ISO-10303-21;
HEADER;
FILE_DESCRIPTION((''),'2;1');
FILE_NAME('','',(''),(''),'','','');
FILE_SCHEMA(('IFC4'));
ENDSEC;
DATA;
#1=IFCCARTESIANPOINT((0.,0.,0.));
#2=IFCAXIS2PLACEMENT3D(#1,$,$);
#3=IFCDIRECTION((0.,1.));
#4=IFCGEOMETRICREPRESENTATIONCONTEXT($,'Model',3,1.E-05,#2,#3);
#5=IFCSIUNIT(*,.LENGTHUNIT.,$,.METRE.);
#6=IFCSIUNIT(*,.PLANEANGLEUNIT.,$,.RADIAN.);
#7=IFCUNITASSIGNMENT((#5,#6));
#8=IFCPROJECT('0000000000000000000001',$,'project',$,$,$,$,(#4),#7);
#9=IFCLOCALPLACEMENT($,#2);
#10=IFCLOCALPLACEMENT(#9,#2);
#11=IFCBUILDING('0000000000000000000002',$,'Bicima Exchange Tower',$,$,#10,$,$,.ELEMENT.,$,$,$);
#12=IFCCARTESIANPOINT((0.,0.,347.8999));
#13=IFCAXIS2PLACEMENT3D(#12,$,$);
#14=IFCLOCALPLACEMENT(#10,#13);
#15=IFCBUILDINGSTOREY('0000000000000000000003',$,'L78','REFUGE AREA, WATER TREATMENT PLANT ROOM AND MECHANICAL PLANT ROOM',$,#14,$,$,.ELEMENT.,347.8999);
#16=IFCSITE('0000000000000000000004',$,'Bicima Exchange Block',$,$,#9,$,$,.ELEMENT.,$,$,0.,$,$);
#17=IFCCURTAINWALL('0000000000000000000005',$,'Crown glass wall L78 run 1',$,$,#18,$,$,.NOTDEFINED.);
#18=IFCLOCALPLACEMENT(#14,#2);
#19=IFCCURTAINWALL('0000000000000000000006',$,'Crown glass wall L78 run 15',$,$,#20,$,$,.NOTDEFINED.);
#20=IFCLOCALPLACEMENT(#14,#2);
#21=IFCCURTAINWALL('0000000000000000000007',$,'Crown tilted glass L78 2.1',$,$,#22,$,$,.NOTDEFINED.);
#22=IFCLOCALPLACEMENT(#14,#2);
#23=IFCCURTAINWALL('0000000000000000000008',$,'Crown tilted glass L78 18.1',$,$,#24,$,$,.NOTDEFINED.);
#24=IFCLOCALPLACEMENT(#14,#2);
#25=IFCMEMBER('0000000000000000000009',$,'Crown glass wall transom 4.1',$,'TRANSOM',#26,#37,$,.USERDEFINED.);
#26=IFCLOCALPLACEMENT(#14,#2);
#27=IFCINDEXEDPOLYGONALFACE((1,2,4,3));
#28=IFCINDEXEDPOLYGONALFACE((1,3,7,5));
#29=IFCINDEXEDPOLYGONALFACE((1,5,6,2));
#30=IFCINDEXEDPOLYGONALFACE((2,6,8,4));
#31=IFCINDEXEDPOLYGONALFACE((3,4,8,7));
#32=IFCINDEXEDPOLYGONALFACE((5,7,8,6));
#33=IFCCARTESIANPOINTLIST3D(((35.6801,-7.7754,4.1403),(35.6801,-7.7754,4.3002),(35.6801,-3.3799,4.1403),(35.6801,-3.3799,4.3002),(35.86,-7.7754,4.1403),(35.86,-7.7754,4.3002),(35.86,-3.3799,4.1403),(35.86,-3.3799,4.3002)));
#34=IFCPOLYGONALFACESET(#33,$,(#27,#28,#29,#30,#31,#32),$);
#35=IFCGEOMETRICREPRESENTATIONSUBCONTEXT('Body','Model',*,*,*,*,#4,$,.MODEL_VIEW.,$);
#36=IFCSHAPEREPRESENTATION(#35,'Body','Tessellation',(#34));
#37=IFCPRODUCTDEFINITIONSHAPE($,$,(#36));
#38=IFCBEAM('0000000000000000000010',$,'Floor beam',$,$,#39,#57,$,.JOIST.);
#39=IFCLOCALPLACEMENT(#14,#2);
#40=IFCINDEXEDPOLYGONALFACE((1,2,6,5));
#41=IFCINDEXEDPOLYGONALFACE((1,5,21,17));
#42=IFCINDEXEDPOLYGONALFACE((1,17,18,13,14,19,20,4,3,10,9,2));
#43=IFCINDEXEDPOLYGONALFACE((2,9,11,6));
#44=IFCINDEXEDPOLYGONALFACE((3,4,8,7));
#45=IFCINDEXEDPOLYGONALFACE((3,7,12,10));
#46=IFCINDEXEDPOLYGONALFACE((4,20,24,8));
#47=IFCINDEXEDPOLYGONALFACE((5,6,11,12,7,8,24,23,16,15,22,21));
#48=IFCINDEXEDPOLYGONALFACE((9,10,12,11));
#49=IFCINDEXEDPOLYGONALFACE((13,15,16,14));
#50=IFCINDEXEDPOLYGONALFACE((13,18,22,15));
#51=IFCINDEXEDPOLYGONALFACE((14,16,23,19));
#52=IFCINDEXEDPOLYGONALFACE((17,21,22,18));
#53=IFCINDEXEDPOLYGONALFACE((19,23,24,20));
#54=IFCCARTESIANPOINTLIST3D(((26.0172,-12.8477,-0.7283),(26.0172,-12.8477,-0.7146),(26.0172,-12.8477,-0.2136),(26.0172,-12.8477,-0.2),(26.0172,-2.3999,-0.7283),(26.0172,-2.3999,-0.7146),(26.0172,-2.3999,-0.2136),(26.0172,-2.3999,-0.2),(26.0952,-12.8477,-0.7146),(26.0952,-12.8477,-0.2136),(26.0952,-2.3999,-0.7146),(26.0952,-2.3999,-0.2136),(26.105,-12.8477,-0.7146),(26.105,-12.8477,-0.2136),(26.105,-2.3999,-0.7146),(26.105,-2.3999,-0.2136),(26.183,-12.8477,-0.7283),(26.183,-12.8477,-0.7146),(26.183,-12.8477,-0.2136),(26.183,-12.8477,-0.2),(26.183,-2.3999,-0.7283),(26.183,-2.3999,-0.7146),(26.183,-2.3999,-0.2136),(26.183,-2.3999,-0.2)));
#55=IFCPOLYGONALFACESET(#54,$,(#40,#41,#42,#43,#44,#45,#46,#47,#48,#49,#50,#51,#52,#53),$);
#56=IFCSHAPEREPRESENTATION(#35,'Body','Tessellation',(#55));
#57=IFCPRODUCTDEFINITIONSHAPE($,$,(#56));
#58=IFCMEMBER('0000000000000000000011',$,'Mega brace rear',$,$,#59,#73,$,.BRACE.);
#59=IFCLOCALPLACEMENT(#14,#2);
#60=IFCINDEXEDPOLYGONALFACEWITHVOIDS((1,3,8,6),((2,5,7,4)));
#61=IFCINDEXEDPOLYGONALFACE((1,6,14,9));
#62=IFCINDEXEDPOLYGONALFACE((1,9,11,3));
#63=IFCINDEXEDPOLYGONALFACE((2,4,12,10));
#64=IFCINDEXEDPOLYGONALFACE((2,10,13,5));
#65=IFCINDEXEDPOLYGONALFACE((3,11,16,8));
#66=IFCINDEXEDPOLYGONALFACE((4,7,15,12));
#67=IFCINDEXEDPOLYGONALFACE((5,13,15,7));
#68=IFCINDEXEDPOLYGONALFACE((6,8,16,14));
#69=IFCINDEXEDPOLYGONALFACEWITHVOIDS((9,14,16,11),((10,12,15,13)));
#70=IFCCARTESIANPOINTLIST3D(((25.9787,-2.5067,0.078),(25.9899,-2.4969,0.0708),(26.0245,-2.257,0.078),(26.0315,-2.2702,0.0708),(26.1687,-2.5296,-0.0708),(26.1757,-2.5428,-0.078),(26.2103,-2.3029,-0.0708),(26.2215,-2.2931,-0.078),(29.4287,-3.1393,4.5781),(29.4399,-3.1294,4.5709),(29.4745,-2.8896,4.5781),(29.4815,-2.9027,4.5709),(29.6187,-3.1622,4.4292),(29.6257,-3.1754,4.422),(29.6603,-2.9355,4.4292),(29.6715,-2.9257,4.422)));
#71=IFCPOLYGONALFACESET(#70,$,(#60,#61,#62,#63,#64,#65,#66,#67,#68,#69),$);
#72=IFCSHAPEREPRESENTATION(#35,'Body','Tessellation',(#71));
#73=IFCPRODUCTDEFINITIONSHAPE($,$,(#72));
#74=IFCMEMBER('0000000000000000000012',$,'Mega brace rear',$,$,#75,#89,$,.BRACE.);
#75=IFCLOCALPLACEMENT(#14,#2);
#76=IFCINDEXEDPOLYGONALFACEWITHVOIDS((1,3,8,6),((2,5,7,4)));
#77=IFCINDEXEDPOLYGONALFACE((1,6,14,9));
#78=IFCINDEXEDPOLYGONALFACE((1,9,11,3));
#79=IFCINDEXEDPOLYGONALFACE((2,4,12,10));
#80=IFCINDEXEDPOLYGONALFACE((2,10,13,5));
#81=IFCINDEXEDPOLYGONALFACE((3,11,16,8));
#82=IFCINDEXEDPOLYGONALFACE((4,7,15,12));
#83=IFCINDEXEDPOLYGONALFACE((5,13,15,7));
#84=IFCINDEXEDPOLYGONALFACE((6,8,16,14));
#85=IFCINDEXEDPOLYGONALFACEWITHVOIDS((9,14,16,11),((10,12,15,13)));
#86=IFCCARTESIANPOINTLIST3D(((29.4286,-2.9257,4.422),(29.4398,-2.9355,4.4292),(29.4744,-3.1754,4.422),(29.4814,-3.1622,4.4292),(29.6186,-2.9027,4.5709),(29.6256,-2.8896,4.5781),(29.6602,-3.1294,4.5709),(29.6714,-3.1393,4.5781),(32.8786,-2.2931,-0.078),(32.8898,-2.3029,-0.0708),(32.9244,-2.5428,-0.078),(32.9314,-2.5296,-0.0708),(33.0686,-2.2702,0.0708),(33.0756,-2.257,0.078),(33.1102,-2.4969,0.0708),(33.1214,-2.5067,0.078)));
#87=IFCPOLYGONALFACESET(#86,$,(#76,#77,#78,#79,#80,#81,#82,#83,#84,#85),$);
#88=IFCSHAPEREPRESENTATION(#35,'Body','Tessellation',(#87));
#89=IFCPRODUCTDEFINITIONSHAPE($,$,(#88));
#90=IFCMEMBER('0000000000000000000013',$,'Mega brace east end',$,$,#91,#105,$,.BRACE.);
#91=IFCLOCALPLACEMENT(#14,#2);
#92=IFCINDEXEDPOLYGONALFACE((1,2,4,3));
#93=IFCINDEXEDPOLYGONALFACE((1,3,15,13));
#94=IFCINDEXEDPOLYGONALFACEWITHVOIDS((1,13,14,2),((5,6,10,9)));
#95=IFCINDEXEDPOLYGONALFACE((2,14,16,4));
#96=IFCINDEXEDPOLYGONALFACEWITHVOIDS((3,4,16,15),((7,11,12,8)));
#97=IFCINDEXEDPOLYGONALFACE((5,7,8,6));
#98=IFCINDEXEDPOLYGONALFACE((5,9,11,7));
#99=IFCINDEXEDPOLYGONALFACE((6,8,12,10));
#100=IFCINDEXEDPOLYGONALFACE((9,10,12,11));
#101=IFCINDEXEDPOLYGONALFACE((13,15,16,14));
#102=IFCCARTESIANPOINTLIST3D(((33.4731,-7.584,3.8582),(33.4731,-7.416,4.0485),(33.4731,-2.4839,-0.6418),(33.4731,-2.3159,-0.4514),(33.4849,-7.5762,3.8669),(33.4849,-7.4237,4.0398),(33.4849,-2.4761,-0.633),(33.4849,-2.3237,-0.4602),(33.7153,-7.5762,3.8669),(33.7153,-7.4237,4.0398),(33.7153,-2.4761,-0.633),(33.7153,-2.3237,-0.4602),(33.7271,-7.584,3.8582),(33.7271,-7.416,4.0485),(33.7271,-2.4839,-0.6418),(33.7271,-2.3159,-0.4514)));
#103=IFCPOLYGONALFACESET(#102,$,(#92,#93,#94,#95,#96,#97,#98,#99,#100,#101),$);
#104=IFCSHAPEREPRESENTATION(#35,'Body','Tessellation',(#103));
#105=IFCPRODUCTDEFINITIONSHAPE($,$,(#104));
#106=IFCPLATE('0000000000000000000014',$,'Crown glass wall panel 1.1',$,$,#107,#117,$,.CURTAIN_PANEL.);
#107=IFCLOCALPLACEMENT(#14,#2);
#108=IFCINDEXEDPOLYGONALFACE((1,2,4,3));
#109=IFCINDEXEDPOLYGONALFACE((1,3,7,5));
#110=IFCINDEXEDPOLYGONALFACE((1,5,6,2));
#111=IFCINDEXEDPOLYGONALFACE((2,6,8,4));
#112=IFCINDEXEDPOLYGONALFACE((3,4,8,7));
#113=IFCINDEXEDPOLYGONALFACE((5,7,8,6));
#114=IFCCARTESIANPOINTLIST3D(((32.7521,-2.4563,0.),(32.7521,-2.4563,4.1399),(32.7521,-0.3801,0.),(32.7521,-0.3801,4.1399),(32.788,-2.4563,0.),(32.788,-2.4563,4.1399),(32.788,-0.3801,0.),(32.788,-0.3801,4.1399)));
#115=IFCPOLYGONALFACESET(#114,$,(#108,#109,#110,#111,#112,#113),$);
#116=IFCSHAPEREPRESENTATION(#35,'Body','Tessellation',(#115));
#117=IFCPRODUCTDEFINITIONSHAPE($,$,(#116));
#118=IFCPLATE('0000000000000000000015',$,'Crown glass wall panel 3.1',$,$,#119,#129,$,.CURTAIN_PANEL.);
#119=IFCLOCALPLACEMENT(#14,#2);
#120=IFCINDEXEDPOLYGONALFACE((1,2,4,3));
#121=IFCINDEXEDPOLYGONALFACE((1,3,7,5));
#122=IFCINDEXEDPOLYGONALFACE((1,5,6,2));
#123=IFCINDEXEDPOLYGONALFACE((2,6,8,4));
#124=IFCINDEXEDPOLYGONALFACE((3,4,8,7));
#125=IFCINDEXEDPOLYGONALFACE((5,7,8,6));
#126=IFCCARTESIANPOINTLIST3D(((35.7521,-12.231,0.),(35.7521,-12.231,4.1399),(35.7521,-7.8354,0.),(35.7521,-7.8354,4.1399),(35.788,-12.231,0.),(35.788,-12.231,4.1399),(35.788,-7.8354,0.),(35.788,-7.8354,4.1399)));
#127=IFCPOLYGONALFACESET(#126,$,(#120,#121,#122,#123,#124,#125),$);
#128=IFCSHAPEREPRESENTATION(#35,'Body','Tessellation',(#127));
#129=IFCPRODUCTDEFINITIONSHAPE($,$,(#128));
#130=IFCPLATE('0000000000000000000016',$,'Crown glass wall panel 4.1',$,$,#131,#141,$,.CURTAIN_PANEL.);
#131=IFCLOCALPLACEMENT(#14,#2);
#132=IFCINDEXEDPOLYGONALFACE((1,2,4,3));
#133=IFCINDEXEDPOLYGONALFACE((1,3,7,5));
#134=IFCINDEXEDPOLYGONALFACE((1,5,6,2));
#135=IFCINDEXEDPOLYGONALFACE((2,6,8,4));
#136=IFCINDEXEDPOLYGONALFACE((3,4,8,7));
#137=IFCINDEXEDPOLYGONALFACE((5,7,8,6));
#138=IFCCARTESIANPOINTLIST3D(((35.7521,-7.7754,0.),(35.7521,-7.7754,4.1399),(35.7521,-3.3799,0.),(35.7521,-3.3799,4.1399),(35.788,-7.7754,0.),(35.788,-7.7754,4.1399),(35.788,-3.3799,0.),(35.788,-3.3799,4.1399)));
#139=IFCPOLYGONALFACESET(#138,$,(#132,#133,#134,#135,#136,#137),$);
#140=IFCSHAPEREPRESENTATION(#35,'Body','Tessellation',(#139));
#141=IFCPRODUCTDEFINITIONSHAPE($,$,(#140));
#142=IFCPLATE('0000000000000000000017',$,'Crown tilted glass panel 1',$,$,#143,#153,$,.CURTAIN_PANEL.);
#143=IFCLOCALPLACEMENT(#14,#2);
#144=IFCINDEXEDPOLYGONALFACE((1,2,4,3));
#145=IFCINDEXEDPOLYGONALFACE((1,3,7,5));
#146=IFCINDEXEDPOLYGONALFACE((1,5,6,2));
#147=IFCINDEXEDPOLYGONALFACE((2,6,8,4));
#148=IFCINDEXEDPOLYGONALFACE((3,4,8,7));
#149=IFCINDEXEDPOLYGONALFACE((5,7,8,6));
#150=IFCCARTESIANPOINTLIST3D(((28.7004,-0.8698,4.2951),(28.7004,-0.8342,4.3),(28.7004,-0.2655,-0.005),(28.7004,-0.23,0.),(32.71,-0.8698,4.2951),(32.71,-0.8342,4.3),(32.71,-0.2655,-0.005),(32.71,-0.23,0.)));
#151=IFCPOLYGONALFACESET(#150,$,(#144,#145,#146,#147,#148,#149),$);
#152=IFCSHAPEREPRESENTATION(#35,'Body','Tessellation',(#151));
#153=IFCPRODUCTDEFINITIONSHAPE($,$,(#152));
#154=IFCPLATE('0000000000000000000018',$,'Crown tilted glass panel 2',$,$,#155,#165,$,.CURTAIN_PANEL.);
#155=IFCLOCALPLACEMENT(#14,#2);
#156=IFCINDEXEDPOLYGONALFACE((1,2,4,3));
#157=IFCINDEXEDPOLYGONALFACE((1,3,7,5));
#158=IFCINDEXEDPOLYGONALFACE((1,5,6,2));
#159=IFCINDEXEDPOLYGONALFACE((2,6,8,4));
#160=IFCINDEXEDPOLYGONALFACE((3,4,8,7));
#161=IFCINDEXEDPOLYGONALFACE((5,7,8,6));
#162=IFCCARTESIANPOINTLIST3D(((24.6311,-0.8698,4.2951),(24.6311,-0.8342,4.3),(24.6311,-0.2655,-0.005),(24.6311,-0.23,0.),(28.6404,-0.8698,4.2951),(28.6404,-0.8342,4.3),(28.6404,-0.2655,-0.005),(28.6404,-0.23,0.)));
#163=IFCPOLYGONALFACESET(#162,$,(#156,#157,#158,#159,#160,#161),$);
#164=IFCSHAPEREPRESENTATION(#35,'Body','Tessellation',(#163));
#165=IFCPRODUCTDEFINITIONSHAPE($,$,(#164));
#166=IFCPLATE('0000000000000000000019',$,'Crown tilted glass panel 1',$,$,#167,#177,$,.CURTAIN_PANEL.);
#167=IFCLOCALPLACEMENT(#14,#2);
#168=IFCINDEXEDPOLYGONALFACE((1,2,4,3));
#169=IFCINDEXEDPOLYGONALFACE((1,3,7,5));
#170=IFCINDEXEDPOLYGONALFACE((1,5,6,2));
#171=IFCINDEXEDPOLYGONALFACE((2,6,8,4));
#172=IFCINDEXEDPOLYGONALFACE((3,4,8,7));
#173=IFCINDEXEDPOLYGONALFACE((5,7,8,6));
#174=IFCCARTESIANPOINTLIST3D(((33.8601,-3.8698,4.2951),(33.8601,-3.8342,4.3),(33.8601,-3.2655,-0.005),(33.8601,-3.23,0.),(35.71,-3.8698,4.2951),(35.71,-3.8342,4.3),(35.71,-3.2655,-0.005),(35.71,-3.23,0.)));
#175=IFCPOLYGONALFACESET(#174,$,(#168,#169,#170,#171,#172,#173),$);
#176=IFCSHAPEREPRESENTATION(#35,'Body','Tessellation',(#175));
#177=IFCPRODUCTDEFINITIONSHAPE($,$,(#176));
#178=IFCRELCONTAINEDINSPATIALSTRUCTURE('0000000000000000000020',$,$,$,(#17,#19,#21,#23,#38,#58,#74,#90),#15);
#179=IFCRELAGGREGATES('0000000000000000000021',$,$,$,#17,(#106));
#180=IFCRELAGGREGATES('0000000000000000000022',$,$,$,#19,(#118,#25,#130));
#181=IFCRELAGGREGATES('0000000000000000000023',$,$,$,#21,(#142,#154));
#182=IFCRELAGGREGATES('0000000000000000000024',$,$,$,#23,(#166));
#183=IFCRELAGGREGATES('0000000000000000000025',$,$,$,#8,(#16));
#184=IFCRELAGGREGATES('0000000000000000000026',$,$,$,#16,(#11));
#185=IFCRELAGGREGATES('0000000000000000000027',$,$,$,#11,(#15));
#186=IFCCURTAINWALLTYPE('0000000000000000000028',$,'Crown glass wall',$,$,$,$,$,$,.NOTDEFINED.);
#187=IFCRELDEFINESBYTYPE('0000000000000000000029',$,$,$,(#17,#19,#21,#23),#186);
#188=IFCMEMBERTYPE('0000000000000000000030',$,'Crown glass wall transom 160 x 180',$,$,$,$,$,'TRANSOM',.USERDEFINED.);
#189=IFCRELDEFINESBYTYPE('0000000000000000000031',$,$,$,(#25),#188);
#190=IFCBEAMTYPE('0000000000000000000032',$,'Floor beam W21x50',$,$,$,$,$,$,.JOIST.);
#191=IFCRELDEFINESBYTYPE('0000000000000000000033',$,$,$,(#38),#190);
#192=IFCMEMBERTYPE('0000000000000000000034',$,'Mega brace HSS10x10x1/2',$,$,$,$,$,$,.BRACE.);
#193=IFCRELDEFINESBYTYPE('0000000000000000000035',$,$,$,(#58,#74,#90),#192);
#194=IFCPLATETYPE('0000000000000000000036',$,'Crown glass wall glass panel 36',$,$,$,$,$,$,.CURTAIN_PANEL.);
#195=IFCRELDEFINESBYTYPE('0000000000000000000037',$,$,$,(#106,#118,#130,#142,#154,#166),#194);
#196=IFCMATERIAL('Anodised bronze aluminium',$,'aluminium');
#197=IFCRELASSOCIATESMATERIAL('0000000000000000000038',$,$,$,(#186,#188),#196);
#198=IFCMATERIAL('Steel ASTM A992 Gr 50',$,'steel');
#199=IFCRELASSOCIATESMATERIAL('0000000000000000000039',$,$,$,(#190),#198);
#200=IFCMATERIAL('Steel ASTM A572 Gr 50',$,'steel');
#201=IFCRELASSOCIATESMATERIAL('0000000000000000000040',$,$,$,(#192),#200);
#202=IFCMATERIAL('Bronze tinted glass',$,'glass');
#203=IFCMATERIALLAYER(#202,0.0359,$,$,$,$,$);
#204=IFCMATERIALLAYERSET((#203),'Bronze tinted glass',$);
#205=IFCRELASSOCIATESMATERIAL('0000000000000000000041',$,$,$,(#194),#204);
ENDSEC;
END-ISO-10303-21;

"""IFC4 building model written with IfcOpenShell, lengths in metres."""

from ifc_helpers import new_model, si_unit, direction, frame, origin, origin_2d, place, context, subcontext, project, spatial, polyline, rectangle, hollow_rectangle, i_section, outline, extrude, material, layer, layer_set, material_profile, profile_set, type_object, element, aggregate, save


model = new_model("IFC4")

# Units and contexts
model_context = context("Model", 3, precision=1e-05, world=origin(), true_north=direction((0.0, 1.0)))
body_context = subcontext(model_context, "Body", "Model", "MODEL_VIEW")
ifc_project = project(units=[si_unit("LENGTHUNIT", "METRE"), si_unit("PLANEANGLEUNIT", "RADIAN")], contexts=[model_context])

# Site, building, storey
site_placement = place(None, origin())
site = spatial("IfcSite", under=ifc_project, at=site_placement, Name="Bicima Exchange Block", CompositionType="ELEMENT", RefElevation=0.0)
building_placement = place(site_placement, origin())
building = spatial("IfcBuilding", under=site, at=building_placement, Name="Bicima Exchange Tower", CompositionType="ELEMENT")
storey_placement = place(building_placement, frame((0.0, 0.0, 347.8999)))
storey = spatial("IfcBuildingStorey", under=building, at=storey_placement, Name="L78", Description="REFUGE AREA, WATER TREATMENT PLANT ROOM AND MECHANICAL PLANT ROOM", CompositionType="ELEMENT", Elevation=347.8999)

# Shared definitions
ifc_material_1 = material(Name="Steel ASTM A572 Gr 50", Category="steel")
ifc_material_2 = material(Name="Steel ASTM A992 Gr 50", Category="steel")

# Curtain walls
ifc_material_3 = material(Name="Anodised bronze aluminium", Category="aluminium")
curtain_wall_type = type_object("IfcCurtainWallType", Name="Crown glass wall", PredefinedType="NOTDEFINED", material=ifc_material_3)
curtain_wall_1_placement = place(storey_placement, origin())
curtain_wall_1 = element("IfcCurtainWall", 1, at=curtain_wall_1_placement, inside=storey, type_object=curtain_wall_type, Name="Crown glass wall L78 run 1", PredefinedType="NOTDEFINED")
curtain_wall_2_placement = place(storey_placement, origin())
curtain_wall_2 = element("IfcCurtainWall", 2, at=curtain_wall_2_placement, inside=storey, type_object=curtain_wall_type, Name="Crown glass wall L78 run 15", PredefinedType="NOTDEFINED")
curtain_wall_3_placement = place(storey_placement, origin())
curtain_wall_3 = element("IfcCurtainWall", 3, at=curtain_wall_3_placement, inside=storey, type_object=curtain_wall_type, Name="Crown tilted glass L78 2.1", PredefinedType="NOTDEFINED")
curtain_wall_4_placement = place(storey_placement, origin())
curtain_wall_4 = element("IfcCurtainWall", 4, at=curtain_wall_4_placement, inside=storey, type_object=curtain_wall_type, Name="Crown tilted glass L78 18.1", PredefinedType="NOTDEFINED")

# Member
ifc_material_profile_1 = material_profile(ifc_material_3, rectangle(XDim=0.1799, YDim=0.1599, at=origin_2d()))
ifc_profile_set_1 = profile_set([ifc_material_profile_1], Name="Anodised bronze aluminium")
member_type_1 = type_object("IfcMemberType", Name="Crown glass wall transom 160 x 180", ElementType="TRANSOM", PredefinedType="USERDEFINED", material=ifc_profile_set_1)
member_1_placement = place(storey_placement, frame((35.77, -7.7754, 4.2202), z_axis=(0.0, 1.0, 0.0), x_axis=(-1.0, 0.0, 0.0)))
member_1 = element("IfcMember", 5, at=member_1_placement, type_object=member_type_1, Name="Crown glass wall transom 4.1", ObjectType="TRANSOM", PredefinedType="USERDEFINED", context=body_context, shape_type="SweptSolid", body=[
    extrude(rectangle(XDim=0.1799, YDim=0.1599, at=origin_2d()), origin(), (0.0, 0.0, 1.0), 4.3955),
])

# Beam
ifc_material_profile_2 = material_profile(ifc_material_2, i_section(OverallWidth=0.1658, OverallDepth=0.5283, WebThickness=0.0098, FlangeThickness=0.0137, at=origin_2d()))
ifc_profile_set_2 = profile_set([ifc_material_profile_2], Name="Steel ASTM A992 Gr 50")
beam_type = type_object("IfcBeamType", Name="Floor beam W21x50", PredefinedType="JOIST", material=ifc_profile_set_2)
beam_placement = place(storey_placement, frame((26.1001, -2.3999, -0.4641), z_axis=(0.0, -1.0, 0.0), x_axis=(1.0, 0.0, 0.0)))
element("IfcBeam", 6, at=beam_placement, inside=storey, type_object=beam_type, Name="Floor beam", PredefinedType="JOIST", context=body_context, shape_type="SweptSolid", body=[
    extrude(i_section(OverallWidth=0.1658, OverallDepth=0.5283, WebThickness=0.0098, FlangeThickness=0.0137, at=origin_2d()), origin(), (0.0, 0.0, 1.0), 10.4478),
])

# Members
ifc_material_profile_3 = material_profile(ifc_material_1, hollow_rectangle(XDim=0.2539, YDim=0.2539, WallThickness=0.0117, at=origin_2d()))
ifc_profile_set_3 = profile_set([ifc_material_profile_3], Name="Steel ASTM A572 Gr 50")
member_type_2 = type_object("IfcMemberType", Name="Mega brace HSS10x10x1/2", PredefinedType="BRACE", material=ifc_profile_set_3)
for number, where, z_axis, x_axis, name in (
    (7, (26.1001, -2.3999, 0.0), (0.604675, -0.110871, 0.788718), (0.180349, 0.983603, 0.0), "Mega brace rear"),
    (8, (33.0, -2.3999, 0.0), (-0.604675, -0.110871, 0.788718), (0.180349, -0.983603, 0.0), "Mega brace rear"),
):
    element("IfcMember", number, at=place(storey_placement, frame(where, z_axis=z_axis, x_axis=x_axis)), inside=storey, type_object=member_type_2, Name=name, PredefinedType="BRACE", context=body_context, shape_type="SweptSolid", body=[
        extrude(hollow_rectangle(XDim=0.2539, YDim=0.2539, WallThickness=0.0117, at=origin_2d()), origin(), (0.0, 0.0, 1.0), 5.7056),
    ])
member_2_placement = place(storey_placement, frame((33.6001, -2.3999, -0.5466), z_axis=(0.0, -0.749844, 0.661615), x_axis=(1.0, 0.0, 0.0)))
element("IfcMember", 9, at=member_2_placement, inside=storey, type_object=member_type_2, Name="Mega brace east end", PredefinedType="BRACE", context=body_context, shape_type="SweptSolid", body=[
    extrude(hollow_rectangle(XDim=0.2539, YDim=0.2539, WallThickness=0.0117, at=origin_2d()), origin(), (0.0, 0.0, 1.0), 6.8015),
])

# Plates
ifc_material_4 = material(Name="Bronze tinted glass", Category="glass")
ifc_layer = layer(ifc_material_4, 0.0359)
ifc_layer_set = layer_set([ifc_layer], Name="Bronze tinted glass")
plate_type = type_object("IfcPlateType", Name="Crown glass wall glass panel 36", PredefinedType="CURTAIN_PANEL", material=ifc_layer_set)
plate_1_placement = place(storey_placement, frame((32.77, -1.4182, 0.0), z_axis=(0.0, 0.0, 1.0), x_axis=(0.0, 1.0, 0.0)))
plate_1 = element("IfcPlate", 10, at=plate_1_placement, type_object=plate_type, Name="Crown glass wall panel 1.1", PredefinedType="CURTAIN_PANEL", context=body_context, shape_type="SweptSolid", body=[
    extrude(rectangle(XDim=2.0762, YDim=0.0359, at=origin_2d()), origin(), (0.0, 0.0, 1.0), 4.1399),
])
aggregate(curtain_wall_1, [plate_1])
plate_2_placement = place(storey_placement, frame((35.77, -10.0332, 0.0), z_axis=(0.0, 0.0, 1.0), x_axis=(0.0, 1.0, 0.0)))
plate_2 = element("IfcPlate", 11, at=plate_2_placement, type_object=plate_type, Name="Crown glass wall panel 3.1", PredefinedType="CURTAIN_PANEL", context=body_context, shape_type="SweptSolid", body=[
    extrude(rectangle(XDim=4.3955, YDim=0.0359, at=origin_2d()), origin(), (0.0, 0.0, 1.0), 4.1399),
])
plate_3_placement = place(storey_placement, frame((35.77, -5.5776, 0.0), z_axis=(0.0, 0.0, 1.0), x_axis=(0.0, 1.0, 0.0)))
plate_3 = element("IfcPlate", 12, at=plate_3_placement, type_object=plate_type, Name="Crown glass wall panel 4.1", PredefinedType="CURTAIN_PANEL", context=body_context, shape_type="SweptSolid", body=[
    extrude(rectangle(XDim=4.3955, YDim=0.0359, at=origin_2d()), origin(), (0.0, 0.0, 1.0), 4.1399),
])
aggregate(curtain_wall_2, [plate_2, member_1, plate_3])
plate_4_placement = place(storey_placement, frame((32.71, -0.23, 0.0), z_axis=(0.0, 0.990271, 0.139154), x_axis=(-1.0, 0.0, 0.0)))
plate_4 = element("IfcPlate", 13, at=plate_4_placement, type_object=plate_type, Name="Crown tilted glass panel 1", PredefinedType="CURTAIN_PANEL", context=body_context, shape_type="SweptSolid", body=[
    extrude(outline(polyline([(0.0, 0.0), (4.0095, 0.0), (4.0095, 4.3423), (0.0, 4.3423), (0.0, 0.0)])), origin(), (0.0, 0.0, -1.0), 0.0359),
])
plate_5_placement = place(storey_placement, frame((28.6404, -0.23, 0.0), z_axis=(0.0, 0.990271, 0.139154), x_axis=(-1.0, 0.0, 0.0)))
plate_5 = element("IfcPlate", 14, at=plate_5_placement, type_object=plate_type, Name="Crown tilted glass panel 2", PredefinedType="CURTAIN_PANEL", context=body_context, shape_type="SweptSolid", body=[
    extrude(outline(polyline([(0.0, 0.0), (4.0093, 0.0), (4.0093, 4.3423), (0.0, 4.3423), (0.0, 0.0)])), origin(), (0.0, 0.0, -1.0), 0.0359),
])
aggregate(curtain_wall_3, [plate_4, plate_5])
plate_6_placement = place(storey_placement, frame((35.71, -3.23, 0.0), z_axis=(0.0, 0.990271, 0.139154), x_axis=(-1.0, 0.0, 0.0)))
plate_6 = element("IfcPlate", 15, at=plate_6_placement, type_object=plate_type, Name="Crown tilted glass panel 1", PredefinedType="CURTAIN_PANEL", context=body_context, shape_type="SweptSolid", body=[
    extrude(outline(polyline([(0.0, 0.0), (1.8499, 0.0), (1.8499, 4.3423), (0.0, 4.3423), (0.0, 0.0)])), origin(), (0.0, 0.0, -1.0), 0.0359),
])
aggregate(curtain_wall_4, [plate_6])

save(model, "model.ifc")
